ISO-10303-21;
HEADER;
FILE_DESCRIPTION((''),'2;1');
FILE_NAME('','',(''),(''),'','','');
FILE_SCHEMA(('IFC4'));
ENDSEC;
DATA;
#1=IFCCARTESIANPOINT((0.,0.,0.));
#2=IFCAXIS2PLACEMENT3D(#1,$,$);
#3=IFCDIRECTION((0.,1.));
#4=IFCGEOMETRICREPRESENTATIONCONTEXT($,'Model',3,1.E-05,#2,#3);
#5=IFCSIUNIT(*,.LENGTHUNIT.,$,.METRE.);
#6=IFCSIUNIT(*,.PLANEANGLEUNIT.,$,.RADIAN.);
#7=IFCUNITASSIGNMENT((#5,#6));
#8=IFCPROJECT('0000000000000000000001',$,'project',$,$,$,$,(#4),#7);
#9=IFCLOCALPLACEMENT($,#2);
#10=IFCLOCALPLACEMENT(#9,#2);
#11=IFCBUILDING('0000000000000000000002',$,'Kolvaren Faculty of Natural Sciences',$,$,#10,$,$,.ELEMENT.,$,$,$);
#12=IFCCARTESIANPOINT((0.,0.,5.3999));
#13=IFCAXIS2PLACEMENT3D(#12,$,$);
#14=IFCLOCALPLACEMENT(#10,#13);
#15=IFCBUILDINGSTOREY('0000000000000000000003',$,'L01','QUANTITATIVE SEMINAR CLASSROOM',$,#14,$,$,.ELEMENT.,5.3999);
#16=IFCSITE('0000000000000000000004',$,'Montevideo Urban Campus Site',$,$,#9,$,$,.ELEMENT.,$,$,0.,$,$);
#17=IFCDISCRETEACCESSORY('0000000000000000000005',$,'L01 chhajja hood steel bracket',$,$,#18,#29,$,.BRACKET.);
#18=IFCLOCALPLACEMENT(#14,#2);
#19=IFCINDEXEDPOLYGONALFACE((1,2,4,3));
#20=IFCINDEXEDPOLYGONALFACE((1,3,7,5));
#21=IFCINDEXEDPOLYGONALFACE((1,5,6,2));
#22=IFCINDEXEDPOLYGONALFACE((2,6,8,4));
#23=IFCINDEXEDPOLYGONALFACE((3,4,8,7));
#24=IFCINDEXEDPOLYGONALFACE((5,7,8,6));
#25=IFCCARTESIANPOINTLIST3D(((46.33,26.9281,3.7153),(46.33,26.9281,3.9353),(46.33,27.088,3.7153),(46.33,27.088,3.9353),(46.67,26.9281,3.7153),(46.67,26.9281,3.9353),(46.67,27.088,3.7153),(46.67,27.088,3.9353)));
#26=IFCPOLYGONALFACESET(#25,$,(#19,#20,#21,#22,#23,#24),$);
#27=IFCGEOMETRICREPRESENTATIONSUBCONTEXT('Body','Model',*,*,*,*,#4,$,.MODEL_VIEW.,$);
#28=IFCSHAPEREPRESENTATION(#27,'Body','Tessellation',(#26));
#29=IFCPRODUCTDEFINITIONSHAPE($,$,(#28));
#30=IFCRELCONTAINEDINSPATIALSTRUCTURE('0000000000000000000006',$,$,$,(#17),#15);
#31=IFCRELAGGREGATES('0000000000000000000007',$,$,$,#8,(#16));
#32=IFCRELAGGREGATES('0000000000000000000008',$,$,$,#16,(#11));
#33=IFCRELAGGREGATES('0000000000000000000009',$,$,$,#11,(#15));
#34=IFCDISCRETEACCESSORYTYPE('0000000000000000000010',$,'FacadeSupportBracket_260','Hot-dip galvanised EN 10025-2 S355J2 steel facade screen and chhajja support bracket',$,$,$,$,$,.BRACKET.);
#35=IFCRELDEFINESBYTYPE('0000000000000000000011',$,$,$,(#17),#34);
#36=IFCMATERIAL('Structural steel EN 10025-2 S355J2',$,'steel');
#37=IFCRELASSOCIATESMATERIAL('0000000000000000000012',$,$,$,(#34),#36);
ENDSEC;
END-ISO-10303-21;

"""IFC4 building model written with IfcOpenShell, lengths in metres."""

from ifc_helpers import new_model, si_unit, direction, frame, origin, origin_2d, place, context, subcontext, project, spatial, rectangle, extrude, material, type_object, element, save


model = new_model("IFC4")

# Units and contexts
model_context = context("Model", 3, precision=1e-05, world=origin(), true_north=direction((0.0, 1.0)))
body_context = subcontext(model_context, "Body", "Model", "MODEL_VIEW")
ifc_project = project(units=[si_unit("LENGTHUNIT", "METRE"), si_unit("PLANEANGLEUNIT", "RADIAN")], contexts=[model_context])

# Site, building, storey
site_placement = place(None, origin())
site = spatial("IfcSite", under=ifc_project, at=site_placement, Name="Montevideo Urban Campus Site", CompositionType="ELEMENT", RefElevation=0.0)
building_placement = place(site_placement, origin())
building = spatial("IfcBuilding", under=site, at=building_placement, Name="Kolvaren Faculty of Natural Sciences", CompositionType="ELEMENT")
storey_placement = place(building_placement, frame((0.0, 0.0, 5.3999)))
storey = spatial("IfcBuildingStorey", under=building, at=storey_placement, Name="L01", Description="QUANTITATIVE SEMINAR CLASSROOM", CompositionType="ELEMENT", Elevation=5.3999)

# Discrete accessory
ifc_material_1 = material(Name="Structural steel EN 10025-2 S355J2", Category="steel")
discrete_accessory_type = type_object("IfcDiscreteAccessoryType", Name="FacadeSupportBracket_260", Description="Hot-dip galvanised EN 10025-2 S355J2 steel facade screen and chhajja support bracket", PredefinedType="BRACKET", material=ifc_material_1)
for number, where, z_axis, x_axis, name in (
    (1, (46.5, 27.0081, 3.7153), (0.0, 0.0, 1.0), (0.0, -1.0, 0.0), "L01 chhajja hood steel bracket"),
):
    element("IfcDiscreteAccessory", number, at=place(storey_placement, frame(where, z_axis=z_axis, x_axis=x_axis)), inside=storey, type_object=discrete_accessory_type, Name=name, PredefinedType="BRACKET", context=body_context, shape_type="SweptSolid", body=[
        extrude(rectangle(XDim=0.1599, YDim=0.3401, at=origin_2d()), origin(), (0.0, 0.0, 1.0), 0.22),
    ])

save(model, "model.ifc")
